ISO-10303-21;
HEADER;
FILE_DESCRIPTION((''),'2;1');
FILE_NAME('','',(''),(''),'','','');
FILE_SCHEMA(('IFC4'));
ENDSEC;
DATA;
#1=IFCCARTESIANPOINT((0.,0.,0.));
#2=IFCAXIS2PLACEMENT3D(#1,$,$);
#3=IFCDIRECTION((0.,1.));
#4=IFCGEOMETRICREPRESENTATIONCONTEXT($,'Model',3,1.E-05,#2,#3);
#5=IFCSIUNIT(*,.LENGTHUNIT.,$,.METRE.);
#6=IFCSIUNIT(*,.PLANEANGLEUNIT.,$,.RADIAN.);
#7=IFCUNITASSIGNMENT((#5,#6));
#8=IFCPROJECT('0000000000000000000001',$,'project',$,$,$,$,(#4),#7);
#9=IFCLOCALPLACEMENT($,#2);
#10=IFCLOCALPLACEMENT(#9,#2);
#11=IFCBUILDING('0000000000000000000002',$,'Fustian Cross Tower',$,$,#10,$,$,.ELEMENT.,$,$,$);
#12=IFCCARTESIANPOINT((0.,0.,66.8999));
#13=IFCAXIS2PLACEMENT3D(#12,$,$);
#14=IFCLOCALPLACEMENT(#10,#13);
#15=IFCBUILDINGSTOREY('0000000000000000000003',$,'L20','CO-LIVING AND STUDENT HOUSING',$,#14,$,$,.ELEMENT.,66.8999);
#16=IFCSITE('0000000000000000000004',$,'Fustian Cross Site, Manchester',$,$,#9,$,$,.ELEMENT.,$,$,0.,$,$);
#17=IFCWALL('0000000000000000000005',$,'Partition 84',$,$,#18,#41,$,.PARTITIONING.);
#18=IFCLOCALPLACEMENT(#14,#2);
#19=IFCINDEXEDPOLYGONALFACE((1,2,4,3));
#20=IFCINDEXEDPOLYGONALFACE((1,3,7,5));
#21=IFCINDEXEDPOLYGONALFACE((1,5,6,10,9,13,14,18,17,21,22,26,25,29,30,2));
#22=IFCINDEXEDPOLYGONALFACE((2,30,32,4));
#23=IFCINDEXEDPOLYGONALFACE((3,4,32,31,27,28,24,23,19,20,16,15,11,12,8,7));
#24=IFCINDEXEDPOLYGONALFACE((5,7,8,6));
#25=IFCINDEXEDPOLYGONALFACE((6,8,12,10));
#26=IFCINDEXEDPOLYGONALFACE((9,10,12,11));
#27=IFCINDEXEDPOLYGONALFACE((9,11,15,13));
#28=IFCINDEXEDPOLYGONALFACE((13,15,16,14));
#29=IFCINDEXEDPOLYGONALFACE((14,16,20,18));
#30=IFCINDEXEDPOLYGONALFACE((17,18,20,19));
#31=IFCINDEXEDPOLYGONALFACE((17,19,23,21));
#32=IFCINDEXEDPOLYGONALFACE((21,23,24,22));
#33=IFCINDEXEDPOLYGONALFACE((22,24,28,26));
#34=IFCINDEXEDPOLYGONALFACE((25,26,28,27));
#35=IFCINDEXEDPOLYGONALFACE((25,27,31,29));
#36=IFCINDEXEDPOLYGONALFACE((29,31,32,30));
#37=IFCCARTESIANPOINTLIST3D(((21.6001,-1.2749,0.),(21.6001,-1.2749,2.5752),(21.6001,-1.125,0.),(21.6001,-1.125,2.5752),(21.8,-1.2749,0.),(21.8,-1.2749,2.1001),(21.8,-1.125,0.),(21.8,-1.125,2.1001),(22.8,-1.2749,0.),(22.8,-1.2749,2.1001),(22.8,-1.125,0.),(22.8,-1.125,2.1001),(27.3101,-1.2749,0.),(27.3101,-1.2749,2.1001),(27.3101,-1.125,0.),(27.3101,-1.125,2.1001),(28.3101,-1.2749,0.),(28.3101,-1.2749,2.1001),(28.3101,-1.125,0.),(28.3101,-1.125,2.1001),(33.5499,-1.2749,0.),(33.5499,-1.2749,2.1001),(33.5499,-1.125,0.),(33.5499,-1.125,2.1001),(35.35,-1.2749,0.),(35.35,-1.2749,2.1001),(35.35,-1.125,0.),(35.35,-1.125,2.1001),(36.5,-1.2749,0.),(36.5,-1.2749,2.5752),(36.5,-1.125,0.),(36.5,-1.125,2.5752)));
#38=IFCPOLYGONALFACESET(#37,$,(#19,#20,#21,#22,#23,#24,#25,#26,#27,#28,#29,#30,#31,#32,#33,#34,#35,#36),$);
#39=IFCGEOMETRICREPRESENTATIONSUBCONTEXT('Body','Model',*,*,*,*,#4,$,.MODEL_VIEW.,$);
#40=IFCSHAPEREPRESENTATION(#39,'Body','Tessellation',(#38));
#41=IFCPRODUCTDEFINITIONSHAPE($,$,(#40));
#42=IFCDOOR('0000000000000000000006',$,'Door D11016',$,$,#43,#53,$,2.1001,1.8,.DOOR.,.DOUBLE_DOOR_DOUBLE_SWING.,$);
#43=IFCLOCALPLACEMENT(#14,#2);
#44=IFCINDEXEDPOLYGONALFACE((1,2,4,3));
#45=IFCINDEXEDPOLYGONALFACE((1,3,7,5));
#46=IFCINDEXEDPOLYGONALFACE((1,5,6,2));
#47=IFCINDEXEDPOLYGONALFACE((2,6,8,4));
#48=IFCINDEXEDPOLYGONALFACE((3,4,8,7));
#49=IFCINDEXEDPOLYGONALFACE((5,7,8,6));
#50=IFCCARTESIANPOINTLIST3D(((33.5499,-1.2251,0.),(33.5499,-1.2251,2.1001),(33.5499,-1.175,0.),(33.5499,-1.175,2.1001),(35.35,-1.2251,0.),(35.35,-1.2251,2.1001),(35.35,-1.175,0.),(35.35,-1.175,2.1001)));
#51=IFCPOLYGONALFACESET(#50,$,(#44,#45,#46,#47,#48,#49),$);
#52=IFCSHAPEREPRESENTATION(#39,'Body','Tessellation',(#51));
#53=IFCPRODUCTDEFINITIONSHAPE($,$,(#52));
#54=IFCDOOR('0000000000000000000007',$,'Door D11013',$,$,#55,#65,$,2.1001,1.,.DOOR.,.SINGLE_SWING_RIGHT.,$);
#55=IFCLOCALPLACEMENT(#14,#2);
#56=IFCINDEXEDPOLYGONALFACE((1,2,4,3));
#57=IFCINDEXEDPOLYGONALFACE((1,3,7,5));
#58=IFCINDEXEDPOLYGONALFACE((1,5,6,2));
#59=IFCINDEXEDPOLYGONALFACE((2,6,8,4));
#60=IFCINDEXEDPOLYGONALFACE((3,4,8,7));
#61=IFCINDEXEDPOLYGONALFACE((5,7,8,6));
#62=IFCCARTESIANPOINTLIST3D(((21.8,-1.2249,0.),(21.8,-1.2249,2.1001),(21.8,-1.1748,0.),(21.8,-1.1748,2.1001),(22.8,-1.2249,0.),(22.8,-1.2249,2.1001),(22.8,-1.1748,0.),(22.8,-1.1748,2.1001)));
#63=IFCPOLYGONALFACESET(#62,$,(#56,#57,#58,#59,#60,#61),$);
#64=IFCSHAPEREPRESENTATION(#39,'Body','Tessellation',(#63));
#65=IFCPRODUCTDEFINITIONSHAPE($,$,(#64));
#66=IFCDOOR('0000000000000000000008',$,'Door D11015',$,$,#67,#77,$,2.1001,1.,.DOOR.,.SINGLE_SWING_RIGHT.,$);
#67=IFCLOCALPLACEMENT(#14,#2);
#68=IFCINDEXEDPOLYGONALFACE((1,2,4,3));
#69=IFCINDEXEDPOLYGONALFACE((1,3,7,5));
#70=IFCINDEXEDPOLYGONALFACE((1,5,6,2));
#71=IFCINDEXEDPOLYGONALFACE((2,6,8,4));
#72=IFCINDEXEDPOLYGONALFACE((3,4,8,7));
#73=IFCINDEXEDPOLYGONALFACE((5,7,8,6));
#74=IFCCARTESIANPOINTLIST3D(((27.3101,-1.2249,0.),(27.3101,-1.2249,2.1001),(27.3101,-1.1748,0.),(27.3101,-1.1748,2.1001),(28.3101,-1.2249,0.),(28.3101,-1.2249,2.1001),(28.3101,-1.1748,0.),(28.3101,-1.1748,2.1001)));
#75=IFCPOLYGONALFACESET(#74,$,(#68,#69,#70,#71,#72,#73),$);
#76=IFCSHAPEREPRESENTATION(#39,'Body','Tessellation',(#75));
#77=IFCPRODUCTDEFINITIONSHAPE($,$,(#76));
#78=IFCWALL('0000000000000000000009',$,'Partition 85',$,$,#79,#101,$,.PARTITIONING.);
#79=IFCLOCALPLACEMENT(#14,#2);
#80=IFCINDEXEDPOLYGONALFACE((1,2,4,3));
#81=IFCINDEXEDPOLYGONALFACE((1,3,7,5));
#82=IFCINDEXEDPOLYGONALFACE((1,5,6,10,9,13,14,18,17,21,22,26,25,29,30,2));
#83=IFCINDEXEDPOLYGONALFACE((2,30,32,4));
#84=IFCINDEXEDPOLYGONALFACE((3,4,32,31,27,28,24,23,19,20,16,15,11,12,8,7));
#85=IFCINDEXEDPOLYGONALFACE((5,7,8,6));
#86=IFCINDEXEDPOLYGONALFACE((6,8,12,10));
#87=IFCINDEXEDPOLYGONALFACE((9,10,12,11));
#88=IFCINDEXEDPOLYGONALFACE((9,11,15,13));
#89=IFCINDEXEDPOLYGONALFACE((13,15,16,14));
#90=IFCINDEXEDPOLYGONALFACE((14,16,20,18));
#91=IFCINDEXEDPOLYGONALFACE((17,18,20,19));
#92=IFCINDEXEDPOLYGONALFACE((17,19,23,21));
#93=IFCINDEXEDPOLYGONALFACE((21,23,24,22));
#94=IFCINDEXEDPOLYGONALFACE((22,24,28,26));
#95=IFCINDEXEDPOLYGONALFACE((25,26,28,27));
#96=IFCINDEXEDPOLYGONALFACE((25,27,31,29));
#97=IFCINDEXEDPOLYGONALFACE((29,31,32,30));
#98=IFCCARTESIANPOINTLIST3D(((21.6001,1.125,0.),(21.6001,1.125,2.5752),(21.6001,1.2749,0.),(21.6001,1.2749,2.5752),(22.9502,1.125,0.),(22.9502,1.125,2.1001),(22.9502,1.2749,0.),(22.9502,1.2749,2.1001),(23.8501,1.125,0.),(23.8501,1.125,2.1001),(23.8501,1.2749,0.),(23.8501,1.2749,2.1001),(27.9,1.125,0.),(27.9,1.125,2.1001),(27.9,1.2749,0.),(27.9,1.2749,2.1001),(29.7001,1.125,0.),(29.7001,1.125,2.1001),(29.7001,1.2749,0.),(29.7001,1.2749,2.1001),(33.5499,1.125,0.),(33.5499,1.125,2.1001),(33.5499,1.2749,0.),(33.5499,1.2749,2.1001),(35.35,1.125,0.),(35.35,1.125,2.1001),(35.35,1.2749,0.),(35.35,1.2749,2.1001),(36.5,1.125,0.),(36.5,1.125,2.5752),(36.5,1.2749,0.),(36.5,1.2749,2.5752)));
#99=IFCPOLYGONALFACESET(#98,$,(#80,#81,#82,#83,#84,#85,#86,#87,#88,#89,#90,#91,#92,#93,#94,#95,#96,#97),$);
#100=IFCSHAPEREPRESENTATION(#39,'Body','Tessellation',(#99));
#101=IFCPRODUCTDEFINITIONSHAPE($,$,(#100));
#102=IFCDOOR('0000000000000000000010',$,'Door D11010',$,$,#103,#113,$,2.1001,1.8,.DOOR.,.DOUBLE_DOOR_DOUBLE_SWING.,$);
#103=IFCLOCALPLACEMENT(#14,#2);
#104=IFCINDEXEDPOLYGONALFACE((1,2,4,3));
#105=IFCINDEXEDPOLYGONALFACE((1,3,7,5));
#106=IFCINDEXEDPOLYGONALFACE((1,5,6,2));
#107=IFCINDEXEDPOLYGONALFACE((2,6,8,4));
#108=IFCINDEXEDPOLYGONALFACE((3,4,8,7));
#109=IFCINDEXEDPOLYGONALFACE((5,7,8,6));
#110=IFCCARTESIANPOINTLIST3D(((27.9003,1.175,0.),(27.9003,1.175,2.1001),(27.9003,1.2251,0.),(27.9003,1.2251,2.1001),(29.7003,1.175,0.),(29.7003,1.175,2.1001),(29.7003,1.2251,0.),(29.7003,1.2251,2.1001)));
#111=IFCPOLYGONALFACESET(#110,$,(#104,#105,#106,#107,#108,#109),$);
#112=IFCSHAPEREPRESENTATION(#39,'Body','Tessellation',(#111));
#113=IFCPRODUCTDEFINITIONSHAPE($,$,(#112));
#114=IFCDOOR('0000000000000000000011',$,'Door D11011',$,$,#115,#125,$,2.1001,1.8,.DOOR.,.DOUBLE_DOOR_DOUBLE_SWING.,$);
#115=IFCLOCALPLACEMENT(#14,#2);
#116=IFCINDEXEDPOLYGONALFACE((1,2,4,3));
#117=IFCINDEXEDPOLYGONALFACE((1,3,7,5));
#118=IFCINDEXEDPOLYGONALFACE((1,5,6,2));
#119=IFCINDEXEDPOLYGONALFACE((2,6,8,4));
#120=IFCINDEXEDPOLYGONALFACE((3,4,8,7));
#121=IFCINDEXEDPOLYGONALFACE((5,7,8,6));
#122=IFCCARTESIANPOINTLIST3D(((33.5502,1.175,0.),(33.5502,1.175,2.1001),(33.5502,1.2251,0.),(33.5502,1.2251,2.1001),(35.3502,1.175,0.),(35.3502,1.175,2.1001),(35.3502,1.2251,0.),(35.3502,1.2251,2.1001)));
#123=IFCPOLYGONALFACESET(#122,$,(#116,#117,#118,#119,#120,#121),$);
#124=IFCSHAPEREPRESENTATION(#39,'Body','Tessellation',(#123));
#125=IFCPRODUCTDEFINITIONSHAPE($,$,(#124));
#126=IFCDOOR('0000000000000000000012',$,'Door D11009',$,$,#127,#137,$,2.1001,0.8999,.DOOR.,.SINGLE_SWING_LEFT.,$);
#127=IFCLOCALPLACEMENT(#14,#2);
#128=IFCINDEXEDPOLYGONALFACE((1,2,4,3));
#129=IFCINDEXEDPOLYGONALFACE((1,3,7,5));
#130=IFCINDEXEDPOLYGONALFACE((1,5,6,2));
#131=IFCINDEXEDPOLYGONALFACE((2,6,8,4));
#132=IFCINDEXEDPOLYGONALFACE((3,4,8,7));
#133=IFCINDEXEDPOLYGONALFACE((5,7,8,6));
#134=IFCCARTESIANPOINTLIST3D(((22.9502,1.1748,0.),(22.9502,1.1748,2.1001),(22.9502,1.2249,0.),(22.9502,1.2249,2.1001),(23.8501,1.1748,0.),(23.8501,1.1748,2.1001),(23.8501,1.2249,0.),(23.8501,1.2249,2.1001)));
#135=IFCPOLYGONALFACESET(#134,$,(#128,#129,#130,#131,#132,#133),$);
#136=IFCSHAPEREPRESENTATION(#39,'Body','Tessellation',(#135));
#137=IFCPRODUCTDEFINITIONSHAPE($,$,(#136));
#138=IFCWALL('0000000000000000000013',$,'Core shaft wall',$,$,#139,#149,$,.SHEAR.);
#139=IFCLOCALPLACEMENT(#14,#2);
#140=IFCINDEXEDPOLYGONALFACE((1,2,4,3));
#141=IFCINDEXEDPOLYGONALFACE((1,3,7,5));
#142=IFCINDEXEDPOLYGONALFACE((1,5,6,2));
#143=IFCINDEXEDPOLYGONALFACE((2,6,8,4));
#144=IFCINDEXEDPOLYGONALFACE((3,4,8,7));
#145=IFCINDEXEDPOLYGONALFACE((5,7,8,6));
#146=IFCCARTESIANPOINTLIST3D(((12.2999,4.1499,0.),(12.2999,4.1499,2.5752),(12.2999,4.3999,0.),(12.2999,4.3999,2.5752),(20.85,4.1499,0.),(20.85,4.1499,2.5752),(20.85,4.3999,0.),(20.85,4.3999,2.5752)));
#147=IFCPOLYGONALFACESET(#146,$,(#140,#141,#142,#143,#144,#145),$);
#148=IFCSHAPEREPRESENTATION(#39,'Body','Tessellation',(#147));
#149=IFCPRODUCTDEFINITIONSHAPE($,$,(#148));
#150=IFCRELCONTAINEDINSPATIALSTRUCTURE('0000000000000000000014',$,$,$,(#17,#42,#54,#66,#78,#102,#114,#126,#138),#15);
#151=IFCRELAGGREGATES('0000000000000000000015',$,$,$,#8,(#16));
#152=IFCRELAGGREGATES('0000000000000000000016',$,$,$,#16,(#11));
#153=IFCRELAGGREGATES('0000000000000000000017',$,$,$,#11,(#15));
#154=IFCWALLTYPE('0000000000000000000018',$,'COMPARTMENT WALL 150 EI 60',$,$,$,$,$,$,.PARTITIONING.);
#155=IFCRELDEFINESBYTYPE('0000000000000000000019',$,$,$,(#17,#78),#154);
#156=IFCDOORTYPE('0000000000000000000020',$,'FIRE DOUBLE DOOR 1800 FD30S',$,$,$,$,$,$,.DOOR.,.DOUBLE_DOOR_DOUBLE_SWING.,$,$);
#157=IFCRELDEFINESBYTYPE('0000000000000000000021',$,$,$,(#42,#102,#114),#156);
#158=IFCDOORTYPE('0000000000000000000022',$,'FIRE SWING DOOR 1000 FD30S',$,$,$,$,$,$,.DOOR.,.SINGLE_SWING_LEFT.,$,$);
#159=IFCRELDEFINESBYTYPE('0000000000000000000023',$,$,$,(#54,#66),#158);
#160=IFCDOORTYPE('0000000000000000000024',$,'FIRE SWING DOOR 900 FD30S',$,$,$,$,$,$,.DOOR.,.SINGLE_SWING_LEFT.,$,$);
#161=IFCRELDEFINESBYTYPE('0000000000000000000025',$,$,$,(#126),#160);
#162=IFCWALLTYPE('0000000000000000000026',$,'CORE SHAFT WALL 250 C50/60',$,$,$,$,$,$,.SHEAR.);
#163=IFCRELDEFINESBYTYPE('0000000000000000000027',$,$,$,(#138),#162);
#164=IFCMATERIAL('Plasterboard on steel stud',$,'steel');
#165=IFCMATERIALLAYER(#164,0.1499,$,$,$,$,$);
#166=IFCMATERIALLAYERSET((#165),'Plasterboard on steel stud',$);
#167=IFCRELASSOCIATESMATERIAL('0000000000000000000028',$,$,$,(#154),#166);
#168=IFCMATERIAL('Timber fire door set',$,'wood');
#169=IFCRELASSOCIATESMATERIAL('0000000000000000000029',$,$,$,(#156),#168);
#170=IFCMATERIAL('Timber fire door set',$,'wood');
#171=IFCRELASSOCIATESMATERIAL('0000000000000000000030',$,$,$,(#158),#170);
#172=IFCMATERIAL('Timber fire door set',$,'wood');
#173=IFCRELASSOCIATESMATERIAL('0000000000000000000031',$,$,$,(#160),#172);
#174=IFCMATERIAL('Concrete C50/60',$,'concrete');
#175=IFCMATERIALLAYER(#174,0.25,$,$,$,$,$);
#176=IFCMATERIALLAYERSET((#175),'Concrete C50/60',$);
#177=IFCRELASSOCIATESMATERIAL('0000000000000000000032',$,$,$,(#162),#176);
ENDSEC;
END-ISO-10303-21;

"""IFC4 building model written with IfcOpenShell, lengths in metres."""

from ifc_helpers import new_model, si_unit, direction, frame, frame_2d, origin, place, context, subcontext, project, spatial, rectangle, extrude, material, layer, layer_set, type_object, element, fill, save


model = new_model("IFC4")

# Units and contexts
model_context = context("Model", 3, precision=1e-05, world=origin(), true_north=direction((0.0, 1.0)))
body_context = subcontext(model_context, "Body", "Model", "MODEL_VIEW")
ifc_project = project(units=[si_unit("LENGTHUNIT", "METRE"), si_unit("PLANEANGLEUNIT", "RADIAN")], contexts=[model_context])

# Site, building, storey
site_placement = place(None, origin())
site = spatial("IfcSite", under=ifc_project, at=site_placement, Name="Fustian Cross Site, Manchester", CompositionType="ELEMENT", RefElevation=0.0)
building_placement = place(site_placement, origin())
building = spatial("IfcBuilding", under=site, at=building_placement, Name="Fustian Cross Tower", CompositionType="ELEMENT")
storey_placement = place(building_placement, frame((0.0, 0.0, 66.8999)))
storey = spatial("IfcBuildingStorey", under=building, at=storey_placement, Name="L20", Description="CO-LIVING AND STUDENT HOUSING", CompositionType="ELEMENT", Elevation=66.8999)

# Walls, openings, doors
ifc_material_1 = material(Name="Plasterboard on steel stud", Category="steel")
ifc_layer_1 = layer(ifc_material_1, 0.1499)
ifc_layer_set_1 = layer_set([ifc_layer_1], Name="Plasterboard on steel stud")
wall_type_1 = type_object("IfcWallType", Name="COMPARTMENT WALL 150 EI 60", PredefinedType="PARTITIONING", material=ifc_layer_set_1)
wall_1_placement = place(storey_placement, frame((21.6001, -1.2, 0.0), z_axis=(0.0, 0.0, 1.0), x_axis=(1.0, 0.0, 0.0)))
wall_1 = element("IfcWall", 1, at=wall_1_placement, inside=storey, type_object=wall_type_1, Name="Partition 84", PredefinedType="PARTITIONING", context=body_context, shape_type="SweptSolid", body=[
    extrude(rectangle(XDim=14.8999, YDim=0.1499, at=frame_2d((7.45, 0.0))), origin(), (0.0, 0.0, 1.0), 2.5752),
])
opening_1_placement = place(wall_1_placement, frame((0.2, 0.0, 0.0)))
opening_1 = element("IfcOpeningElement", 2, at=opening_1_placement, cuts=wall_1, PredefinedType="OPENING", context=body_context, shape_type="SweptSolid", body=[
    extrude(rectangle(XDim=1.0, YDim=2.1001, at=frame_2d((0.5, 1.05))), frame((0.0, 0.085, 0.0), z_axis=(0.0, -1.0, 0.0), x_axis=(1.0, 0.0, 0.0)), (0.0, 0.0, 1.0), 0.1699),
])
opening_2_placement = place(wall_1_placement, frame((5.71, 0.0, 0.0)))
opening_2 = element("IfcOpeningElement", 3, at=opening_2_placement, cuts=wall_1, PredefinedType="OPENING", context=body_context, shape_type="SweptSolid", body=[
    extrude(rectangle(XDim=1.0, YDim=2.1001, at=frame_2d((0.5, 1.05))), frame((0.0, 0.085, 0.0), z_axis=(0.0, -1.0, 0.0), x_axis=(1.0, 0.0, 0.0)), (0.0, 0.0, 1.0), 0.1699),
])
opening_3_placement = place(wall_1_placement, frame((11.95, 0.0, 0.0)))
opening_3 = element("IfcOpeningElement", 4, at=opening_3_placement, cuts=wall_1, PredefinedType="OPENING", context=body_context, shape_type="SweptSolid", body=[
    extrude(rectangle(XDim=1.8, YDim=2.1001, at=frame_2d((0.8999, 1.05))), frame((0.0, 0.085, 0.0), z_axis=(0.0, -1.0, 0.0), x_axis=(1.0, 0.0, 0.0)), (0.0, 0.0, 1.0), 0.1699),
])
ifc_material_2 = material(Name="Timber fire door set", Category="wood")
door_type_1 = type_object("IfcDoorType", Name="FIRE DOUBLE DOOR 1800 FD30S", OperationType="DOUBLE_DOOR_DOUBLE_SWING", PredefinedType="DOOR", material=ifc_material_2)
door_1_placement = place(opening_3_placement, origin())
door_1 = element("IfcDoor", 5, at=door_1_placement, inside=storey, type_object=door_type_1, Name="Door D11016", OperationType="DOUBLE_DOOR_DOUBLE_SWING", OverallHeight=2.1001, OverallWidth=1.8, PredefinedType="DOOR", context=body_context, shape_type="SweptSolid", body=[
    extrude(rectangle(XDim=1.8, YDim=2.1001, at=frame_2d((0.8999, 1.05))), frame((0.0, 0.0249, 0.0), z_axis=(0.0, -1.0, 0.0), x_axis=(1.0, 0.0, 0.0)), (0.0, 0.0, 1.0), 0.05),
])
fill(opening_3, door_1)
ifc_material_3 = material(Name="Timber fire door set", Category="wood")
door_type_2 = type_object("IfcDoorType", Name="FIRE SWING DOOR 1000 FD30S", OperationType="SINGLE_SWING_LEFT", PredefinedType="DOOR", material=ifc_material_3)
door_2_placement = place(opening_1_placement, frame((1.0, 0.0, 0.0), z_axis=(0.0, 0.0, 1.0), x_axis=(-1.0, 0.0, 0.0)))
door_2 = element("IfcDoor", 6, at=door_2_placement, inside=storey, type_object=door_type_2, Name="Door D11013", OperationType="SINGLE_SWING_RIGHT", OverallHeight=2.1001, OverallWidth=1.0, PredefinedType="DOOR", context=body_context, shape_type="SweptSolid", body=[
    extrude(rectangle(XDim=1.0, YDim=2.1001, at=frame_2d((0.5, 1.05))), frame((0.0, 0.0249, 0.0), z_axis=(0.0, -1.0, 0.0), x_axis=(1.0, 0.0, 0.0)), (0.0, 0.0, 1.0), 0.05),
])
fill(opening_1, door_2)
door_3_placement = place(opening_2_placement, frame((1.0, 0.0, 0.0), z_axis=(0.0, 0.0, 1.0), x_axis=(-1.0, 0.0, 0.0)))
door_3 = element("IfcDoor", 7, at=door_3_placement, inside=storey, type_object=door_type_2, Name="Door D11015", OperationType="SINGLE_SWING_RIGHT", OverallHeight=2.1001, OverallWidth=1.0, PredefinedType="DOOR", context=body_context, shape_type="SweptSolid", body=[
    extrude(rectangle(XDim=1.0, YDim=2.1001, at=frame_2d((0.5, 1.05))), frame((0.0, 0.0249, 0.0), z_axis=(0.0, -1.0, 0.0), x_axis=(1.0, 0.0, 0.0)), (0.0, 0.0, 1.0), 0.05),
])
fill(opening_2, door_3)
wall_2_placement = place(storey_placement, frame((21.6001, 1.2, 0.0), z_axis=(0.0, 0.0, 1.0), x_axis=(1.0, 0.0, 0.0)))
wall_2 = element("IfcWall", 8, at=wall_2_placement, inside=storey, type_object=wall_type_1, Name="Partition 85", PredefinedType="PARTITIONING", context=body_context, shape_type="SweptSolid", body=[
    extrude(rectangle(XDim=14.8999, YDim=0.1499, at=frame_2d((7.45, 0.0))), origin(), (0.0, 0.0, 1.0), 2.5752),
])
opening_4_placement = place(wall_2_placement, frame((1.3501, 0.0, 0.0)))
opening_4 = element("IfcOpeningElement", 9, at=opening_4_placement, cuts=wall_2, PredefinedType="OPENING", context=body_context, shape_type="SweptSolid", body=[
    extrude(rectangle(XDim=0.8999, YDim=2.1001, at=frame_2d((0.45, 1.05))), frame((0.0, 0.085, 0.0), z_axis=(0.0, -1.0, 0.0), x_axis=(1.0, 0.0, 0.0)), (0.0, 0.0, 1.0), 0.1699),
])
opening_5_placement = place(wall_2_placement, frame((6.3, 0.0, 0.0)))
opening_5 = element("IfcOpeningElement", 10, at=opening_5_placement, cuts=wall_2, PredefinedType="OPENING", context=body_context, shape_type="SweptSolid", body=[
    extrude(rectangle(XDim=1.8, YDim=2.1001, at=frame_2d((0.8999, 1.05))), frame((0.0, 0.085, 0.0), z_axis=(0.0, -1.0, 0.0), x_axis=(1.0, 0.0, 0.0)), (0.0, 0.0, 1.0), 0.1699),
])
opening_6_placement = place(wall_2_placement, frame((11.95, 0.0, 0.0)))
opening_6 = element("IfcOpeningElement", 11, at=opening_6_placement, cuts=wall_2, PredefinedType="OPENING", context=body_context, shape_type="SweptSolid", body=[
    extrude(rectangle(XDim=1.8, YDim=2.1001, at=frame_2d((0.8999, 1.05))), frame((0.0, 0.085, 0.0), z_axis=(0.0, -1.0, 0.0), x_axis=(1.0, 0.0, 0.0)), (0.0, 0.0, 1.0), 0.1699),
])
door_4_placement = place(opening_5_placement, frame((1.8, 0.0, 0.0), z_axis=(0.0, 0.0, 1.0), x_axis=(-1.0, 0.0, 0.0)))
door_4 = element("IfcDoor", 12, at=door_4_placement, inside=storey, type_object=door_type_1, Name="Door D11010", OperationType="DOUBLE_DOOR_DOUBLE_SWING", OverallHeight=2.1001, OverallWidth=1.8, PredefinedType="DOOR", context=body_context, shape_type="SweptSolid", body=[
    extrude(rectangle(XDim=1.8, YDim=2.1001, at=frame_2d((0.8999, 1.05))), frame((0.0, 0.0249, 0.0), z_axis=(0.0, -1.0, 0.0), x_axis=(1.0, 0.0, 0.0)), (0.0, 0.0, 1.0), 0.05),
])
fill(opening_5, door_4)
door_5_placement = place(opening_6_placement, frame((1.8, 0.0, 0.0), z_axis=(0.0, 0.0, 1.0), x_axis=(-1.0, 0.0, 0.0)))
door_5 = element("IfcDoor", 13, at=door_5_placement, inside=storey, type_object=door_type_1, Name="Door D11011", OperationType="DOUBLE_DOOR_DOUBLE_SWING", OverallHeight=2.1001, OverallWidth=1.8, PredefinedType="DOOR", context=body_context, shape_type="SweptSolid", body=[
    extrude(rectangle(XDim=1.8, YDim=2.1001, at=frame_2d((0.8999, 1.05))), frame((0.0, 0.0249, 0.0), z_axis=(0.0, -1.0, 0.0), x_axis=(1.0, 0.0, 0.0)), (0.0, 0.0, 1.0), 0.05),
])
fill(opening_6, door_5)
ifc_material_4 = material(Name="Timber fire door set", Category="wood")
door_type_3 = type_object("IfcDoorType", Name="FIRE SWING DOOR 900 FD30S", OperationType="SINGLE_SWING_LEFT", PredefinedType="DOOR", material=ifc_material_4)
door_6_placement = place(opening_4_placement, origin())
door_6 = element("IfcDoor", 14, at=door_6_placement, inside=storey, type_object=door_type_3, Name="Door D11009", OperationType="SINGLE_SWING_LEFT", OverallHeight=2.1001, OverallWidth=0.8999, PredefinedType="DOOR", context=body_context, shape_type="SweptSolid", body=[
    extrude(rectangle(XDim=0.8999, YDim=2.1001, at=frame_2d((0.45, 1.05))), frame((0.0, 0.0249, 0.0), z_axis=(0.0, -1.0, 0.0), x_axis=(1.0, 0.0, 0.0)), (0.0, 0.0, 1.0), 0.05),
])
fill(opening_4, door_6)

# Wall
ifc_material_5 = material(Name="Concrete C50/60", Category="concrete")
ifc_layer_2 = layer(ifc_material_5, 0.25)
ifc_layer_set_2 = layer_set([ifc_layer_2], Name="Concrete C50/60")
wall_type_2 = type_object("IfcWallType", Name="CORE SHAFT WALL 250 C50/60", PredefinedType="SHEAR", material=ifc_layer_set_2)
wall_3_placement = place(storey_placement, frame((12.3, 4.2749, 0.0), z_axis=(0.0, 0.0, 1.0), x_axis=(1.0, 0.0, 0.0)))
element("IfcWall", 15, at=wall_3_placement, inside=storey, type_object=wall_type_2, Name="Core shaft wall", PredefinedType="SHEAR", context=body_context, shape_type="SweptSolid", body=[
    extrude(rectangle(XDim=8.55, YDim=0.25, at=frame_2d((4.2749, 0.0))), origin(), (0.0, 0.0, 1.0), 2.5752),
])

save(model, "model.ifc")
